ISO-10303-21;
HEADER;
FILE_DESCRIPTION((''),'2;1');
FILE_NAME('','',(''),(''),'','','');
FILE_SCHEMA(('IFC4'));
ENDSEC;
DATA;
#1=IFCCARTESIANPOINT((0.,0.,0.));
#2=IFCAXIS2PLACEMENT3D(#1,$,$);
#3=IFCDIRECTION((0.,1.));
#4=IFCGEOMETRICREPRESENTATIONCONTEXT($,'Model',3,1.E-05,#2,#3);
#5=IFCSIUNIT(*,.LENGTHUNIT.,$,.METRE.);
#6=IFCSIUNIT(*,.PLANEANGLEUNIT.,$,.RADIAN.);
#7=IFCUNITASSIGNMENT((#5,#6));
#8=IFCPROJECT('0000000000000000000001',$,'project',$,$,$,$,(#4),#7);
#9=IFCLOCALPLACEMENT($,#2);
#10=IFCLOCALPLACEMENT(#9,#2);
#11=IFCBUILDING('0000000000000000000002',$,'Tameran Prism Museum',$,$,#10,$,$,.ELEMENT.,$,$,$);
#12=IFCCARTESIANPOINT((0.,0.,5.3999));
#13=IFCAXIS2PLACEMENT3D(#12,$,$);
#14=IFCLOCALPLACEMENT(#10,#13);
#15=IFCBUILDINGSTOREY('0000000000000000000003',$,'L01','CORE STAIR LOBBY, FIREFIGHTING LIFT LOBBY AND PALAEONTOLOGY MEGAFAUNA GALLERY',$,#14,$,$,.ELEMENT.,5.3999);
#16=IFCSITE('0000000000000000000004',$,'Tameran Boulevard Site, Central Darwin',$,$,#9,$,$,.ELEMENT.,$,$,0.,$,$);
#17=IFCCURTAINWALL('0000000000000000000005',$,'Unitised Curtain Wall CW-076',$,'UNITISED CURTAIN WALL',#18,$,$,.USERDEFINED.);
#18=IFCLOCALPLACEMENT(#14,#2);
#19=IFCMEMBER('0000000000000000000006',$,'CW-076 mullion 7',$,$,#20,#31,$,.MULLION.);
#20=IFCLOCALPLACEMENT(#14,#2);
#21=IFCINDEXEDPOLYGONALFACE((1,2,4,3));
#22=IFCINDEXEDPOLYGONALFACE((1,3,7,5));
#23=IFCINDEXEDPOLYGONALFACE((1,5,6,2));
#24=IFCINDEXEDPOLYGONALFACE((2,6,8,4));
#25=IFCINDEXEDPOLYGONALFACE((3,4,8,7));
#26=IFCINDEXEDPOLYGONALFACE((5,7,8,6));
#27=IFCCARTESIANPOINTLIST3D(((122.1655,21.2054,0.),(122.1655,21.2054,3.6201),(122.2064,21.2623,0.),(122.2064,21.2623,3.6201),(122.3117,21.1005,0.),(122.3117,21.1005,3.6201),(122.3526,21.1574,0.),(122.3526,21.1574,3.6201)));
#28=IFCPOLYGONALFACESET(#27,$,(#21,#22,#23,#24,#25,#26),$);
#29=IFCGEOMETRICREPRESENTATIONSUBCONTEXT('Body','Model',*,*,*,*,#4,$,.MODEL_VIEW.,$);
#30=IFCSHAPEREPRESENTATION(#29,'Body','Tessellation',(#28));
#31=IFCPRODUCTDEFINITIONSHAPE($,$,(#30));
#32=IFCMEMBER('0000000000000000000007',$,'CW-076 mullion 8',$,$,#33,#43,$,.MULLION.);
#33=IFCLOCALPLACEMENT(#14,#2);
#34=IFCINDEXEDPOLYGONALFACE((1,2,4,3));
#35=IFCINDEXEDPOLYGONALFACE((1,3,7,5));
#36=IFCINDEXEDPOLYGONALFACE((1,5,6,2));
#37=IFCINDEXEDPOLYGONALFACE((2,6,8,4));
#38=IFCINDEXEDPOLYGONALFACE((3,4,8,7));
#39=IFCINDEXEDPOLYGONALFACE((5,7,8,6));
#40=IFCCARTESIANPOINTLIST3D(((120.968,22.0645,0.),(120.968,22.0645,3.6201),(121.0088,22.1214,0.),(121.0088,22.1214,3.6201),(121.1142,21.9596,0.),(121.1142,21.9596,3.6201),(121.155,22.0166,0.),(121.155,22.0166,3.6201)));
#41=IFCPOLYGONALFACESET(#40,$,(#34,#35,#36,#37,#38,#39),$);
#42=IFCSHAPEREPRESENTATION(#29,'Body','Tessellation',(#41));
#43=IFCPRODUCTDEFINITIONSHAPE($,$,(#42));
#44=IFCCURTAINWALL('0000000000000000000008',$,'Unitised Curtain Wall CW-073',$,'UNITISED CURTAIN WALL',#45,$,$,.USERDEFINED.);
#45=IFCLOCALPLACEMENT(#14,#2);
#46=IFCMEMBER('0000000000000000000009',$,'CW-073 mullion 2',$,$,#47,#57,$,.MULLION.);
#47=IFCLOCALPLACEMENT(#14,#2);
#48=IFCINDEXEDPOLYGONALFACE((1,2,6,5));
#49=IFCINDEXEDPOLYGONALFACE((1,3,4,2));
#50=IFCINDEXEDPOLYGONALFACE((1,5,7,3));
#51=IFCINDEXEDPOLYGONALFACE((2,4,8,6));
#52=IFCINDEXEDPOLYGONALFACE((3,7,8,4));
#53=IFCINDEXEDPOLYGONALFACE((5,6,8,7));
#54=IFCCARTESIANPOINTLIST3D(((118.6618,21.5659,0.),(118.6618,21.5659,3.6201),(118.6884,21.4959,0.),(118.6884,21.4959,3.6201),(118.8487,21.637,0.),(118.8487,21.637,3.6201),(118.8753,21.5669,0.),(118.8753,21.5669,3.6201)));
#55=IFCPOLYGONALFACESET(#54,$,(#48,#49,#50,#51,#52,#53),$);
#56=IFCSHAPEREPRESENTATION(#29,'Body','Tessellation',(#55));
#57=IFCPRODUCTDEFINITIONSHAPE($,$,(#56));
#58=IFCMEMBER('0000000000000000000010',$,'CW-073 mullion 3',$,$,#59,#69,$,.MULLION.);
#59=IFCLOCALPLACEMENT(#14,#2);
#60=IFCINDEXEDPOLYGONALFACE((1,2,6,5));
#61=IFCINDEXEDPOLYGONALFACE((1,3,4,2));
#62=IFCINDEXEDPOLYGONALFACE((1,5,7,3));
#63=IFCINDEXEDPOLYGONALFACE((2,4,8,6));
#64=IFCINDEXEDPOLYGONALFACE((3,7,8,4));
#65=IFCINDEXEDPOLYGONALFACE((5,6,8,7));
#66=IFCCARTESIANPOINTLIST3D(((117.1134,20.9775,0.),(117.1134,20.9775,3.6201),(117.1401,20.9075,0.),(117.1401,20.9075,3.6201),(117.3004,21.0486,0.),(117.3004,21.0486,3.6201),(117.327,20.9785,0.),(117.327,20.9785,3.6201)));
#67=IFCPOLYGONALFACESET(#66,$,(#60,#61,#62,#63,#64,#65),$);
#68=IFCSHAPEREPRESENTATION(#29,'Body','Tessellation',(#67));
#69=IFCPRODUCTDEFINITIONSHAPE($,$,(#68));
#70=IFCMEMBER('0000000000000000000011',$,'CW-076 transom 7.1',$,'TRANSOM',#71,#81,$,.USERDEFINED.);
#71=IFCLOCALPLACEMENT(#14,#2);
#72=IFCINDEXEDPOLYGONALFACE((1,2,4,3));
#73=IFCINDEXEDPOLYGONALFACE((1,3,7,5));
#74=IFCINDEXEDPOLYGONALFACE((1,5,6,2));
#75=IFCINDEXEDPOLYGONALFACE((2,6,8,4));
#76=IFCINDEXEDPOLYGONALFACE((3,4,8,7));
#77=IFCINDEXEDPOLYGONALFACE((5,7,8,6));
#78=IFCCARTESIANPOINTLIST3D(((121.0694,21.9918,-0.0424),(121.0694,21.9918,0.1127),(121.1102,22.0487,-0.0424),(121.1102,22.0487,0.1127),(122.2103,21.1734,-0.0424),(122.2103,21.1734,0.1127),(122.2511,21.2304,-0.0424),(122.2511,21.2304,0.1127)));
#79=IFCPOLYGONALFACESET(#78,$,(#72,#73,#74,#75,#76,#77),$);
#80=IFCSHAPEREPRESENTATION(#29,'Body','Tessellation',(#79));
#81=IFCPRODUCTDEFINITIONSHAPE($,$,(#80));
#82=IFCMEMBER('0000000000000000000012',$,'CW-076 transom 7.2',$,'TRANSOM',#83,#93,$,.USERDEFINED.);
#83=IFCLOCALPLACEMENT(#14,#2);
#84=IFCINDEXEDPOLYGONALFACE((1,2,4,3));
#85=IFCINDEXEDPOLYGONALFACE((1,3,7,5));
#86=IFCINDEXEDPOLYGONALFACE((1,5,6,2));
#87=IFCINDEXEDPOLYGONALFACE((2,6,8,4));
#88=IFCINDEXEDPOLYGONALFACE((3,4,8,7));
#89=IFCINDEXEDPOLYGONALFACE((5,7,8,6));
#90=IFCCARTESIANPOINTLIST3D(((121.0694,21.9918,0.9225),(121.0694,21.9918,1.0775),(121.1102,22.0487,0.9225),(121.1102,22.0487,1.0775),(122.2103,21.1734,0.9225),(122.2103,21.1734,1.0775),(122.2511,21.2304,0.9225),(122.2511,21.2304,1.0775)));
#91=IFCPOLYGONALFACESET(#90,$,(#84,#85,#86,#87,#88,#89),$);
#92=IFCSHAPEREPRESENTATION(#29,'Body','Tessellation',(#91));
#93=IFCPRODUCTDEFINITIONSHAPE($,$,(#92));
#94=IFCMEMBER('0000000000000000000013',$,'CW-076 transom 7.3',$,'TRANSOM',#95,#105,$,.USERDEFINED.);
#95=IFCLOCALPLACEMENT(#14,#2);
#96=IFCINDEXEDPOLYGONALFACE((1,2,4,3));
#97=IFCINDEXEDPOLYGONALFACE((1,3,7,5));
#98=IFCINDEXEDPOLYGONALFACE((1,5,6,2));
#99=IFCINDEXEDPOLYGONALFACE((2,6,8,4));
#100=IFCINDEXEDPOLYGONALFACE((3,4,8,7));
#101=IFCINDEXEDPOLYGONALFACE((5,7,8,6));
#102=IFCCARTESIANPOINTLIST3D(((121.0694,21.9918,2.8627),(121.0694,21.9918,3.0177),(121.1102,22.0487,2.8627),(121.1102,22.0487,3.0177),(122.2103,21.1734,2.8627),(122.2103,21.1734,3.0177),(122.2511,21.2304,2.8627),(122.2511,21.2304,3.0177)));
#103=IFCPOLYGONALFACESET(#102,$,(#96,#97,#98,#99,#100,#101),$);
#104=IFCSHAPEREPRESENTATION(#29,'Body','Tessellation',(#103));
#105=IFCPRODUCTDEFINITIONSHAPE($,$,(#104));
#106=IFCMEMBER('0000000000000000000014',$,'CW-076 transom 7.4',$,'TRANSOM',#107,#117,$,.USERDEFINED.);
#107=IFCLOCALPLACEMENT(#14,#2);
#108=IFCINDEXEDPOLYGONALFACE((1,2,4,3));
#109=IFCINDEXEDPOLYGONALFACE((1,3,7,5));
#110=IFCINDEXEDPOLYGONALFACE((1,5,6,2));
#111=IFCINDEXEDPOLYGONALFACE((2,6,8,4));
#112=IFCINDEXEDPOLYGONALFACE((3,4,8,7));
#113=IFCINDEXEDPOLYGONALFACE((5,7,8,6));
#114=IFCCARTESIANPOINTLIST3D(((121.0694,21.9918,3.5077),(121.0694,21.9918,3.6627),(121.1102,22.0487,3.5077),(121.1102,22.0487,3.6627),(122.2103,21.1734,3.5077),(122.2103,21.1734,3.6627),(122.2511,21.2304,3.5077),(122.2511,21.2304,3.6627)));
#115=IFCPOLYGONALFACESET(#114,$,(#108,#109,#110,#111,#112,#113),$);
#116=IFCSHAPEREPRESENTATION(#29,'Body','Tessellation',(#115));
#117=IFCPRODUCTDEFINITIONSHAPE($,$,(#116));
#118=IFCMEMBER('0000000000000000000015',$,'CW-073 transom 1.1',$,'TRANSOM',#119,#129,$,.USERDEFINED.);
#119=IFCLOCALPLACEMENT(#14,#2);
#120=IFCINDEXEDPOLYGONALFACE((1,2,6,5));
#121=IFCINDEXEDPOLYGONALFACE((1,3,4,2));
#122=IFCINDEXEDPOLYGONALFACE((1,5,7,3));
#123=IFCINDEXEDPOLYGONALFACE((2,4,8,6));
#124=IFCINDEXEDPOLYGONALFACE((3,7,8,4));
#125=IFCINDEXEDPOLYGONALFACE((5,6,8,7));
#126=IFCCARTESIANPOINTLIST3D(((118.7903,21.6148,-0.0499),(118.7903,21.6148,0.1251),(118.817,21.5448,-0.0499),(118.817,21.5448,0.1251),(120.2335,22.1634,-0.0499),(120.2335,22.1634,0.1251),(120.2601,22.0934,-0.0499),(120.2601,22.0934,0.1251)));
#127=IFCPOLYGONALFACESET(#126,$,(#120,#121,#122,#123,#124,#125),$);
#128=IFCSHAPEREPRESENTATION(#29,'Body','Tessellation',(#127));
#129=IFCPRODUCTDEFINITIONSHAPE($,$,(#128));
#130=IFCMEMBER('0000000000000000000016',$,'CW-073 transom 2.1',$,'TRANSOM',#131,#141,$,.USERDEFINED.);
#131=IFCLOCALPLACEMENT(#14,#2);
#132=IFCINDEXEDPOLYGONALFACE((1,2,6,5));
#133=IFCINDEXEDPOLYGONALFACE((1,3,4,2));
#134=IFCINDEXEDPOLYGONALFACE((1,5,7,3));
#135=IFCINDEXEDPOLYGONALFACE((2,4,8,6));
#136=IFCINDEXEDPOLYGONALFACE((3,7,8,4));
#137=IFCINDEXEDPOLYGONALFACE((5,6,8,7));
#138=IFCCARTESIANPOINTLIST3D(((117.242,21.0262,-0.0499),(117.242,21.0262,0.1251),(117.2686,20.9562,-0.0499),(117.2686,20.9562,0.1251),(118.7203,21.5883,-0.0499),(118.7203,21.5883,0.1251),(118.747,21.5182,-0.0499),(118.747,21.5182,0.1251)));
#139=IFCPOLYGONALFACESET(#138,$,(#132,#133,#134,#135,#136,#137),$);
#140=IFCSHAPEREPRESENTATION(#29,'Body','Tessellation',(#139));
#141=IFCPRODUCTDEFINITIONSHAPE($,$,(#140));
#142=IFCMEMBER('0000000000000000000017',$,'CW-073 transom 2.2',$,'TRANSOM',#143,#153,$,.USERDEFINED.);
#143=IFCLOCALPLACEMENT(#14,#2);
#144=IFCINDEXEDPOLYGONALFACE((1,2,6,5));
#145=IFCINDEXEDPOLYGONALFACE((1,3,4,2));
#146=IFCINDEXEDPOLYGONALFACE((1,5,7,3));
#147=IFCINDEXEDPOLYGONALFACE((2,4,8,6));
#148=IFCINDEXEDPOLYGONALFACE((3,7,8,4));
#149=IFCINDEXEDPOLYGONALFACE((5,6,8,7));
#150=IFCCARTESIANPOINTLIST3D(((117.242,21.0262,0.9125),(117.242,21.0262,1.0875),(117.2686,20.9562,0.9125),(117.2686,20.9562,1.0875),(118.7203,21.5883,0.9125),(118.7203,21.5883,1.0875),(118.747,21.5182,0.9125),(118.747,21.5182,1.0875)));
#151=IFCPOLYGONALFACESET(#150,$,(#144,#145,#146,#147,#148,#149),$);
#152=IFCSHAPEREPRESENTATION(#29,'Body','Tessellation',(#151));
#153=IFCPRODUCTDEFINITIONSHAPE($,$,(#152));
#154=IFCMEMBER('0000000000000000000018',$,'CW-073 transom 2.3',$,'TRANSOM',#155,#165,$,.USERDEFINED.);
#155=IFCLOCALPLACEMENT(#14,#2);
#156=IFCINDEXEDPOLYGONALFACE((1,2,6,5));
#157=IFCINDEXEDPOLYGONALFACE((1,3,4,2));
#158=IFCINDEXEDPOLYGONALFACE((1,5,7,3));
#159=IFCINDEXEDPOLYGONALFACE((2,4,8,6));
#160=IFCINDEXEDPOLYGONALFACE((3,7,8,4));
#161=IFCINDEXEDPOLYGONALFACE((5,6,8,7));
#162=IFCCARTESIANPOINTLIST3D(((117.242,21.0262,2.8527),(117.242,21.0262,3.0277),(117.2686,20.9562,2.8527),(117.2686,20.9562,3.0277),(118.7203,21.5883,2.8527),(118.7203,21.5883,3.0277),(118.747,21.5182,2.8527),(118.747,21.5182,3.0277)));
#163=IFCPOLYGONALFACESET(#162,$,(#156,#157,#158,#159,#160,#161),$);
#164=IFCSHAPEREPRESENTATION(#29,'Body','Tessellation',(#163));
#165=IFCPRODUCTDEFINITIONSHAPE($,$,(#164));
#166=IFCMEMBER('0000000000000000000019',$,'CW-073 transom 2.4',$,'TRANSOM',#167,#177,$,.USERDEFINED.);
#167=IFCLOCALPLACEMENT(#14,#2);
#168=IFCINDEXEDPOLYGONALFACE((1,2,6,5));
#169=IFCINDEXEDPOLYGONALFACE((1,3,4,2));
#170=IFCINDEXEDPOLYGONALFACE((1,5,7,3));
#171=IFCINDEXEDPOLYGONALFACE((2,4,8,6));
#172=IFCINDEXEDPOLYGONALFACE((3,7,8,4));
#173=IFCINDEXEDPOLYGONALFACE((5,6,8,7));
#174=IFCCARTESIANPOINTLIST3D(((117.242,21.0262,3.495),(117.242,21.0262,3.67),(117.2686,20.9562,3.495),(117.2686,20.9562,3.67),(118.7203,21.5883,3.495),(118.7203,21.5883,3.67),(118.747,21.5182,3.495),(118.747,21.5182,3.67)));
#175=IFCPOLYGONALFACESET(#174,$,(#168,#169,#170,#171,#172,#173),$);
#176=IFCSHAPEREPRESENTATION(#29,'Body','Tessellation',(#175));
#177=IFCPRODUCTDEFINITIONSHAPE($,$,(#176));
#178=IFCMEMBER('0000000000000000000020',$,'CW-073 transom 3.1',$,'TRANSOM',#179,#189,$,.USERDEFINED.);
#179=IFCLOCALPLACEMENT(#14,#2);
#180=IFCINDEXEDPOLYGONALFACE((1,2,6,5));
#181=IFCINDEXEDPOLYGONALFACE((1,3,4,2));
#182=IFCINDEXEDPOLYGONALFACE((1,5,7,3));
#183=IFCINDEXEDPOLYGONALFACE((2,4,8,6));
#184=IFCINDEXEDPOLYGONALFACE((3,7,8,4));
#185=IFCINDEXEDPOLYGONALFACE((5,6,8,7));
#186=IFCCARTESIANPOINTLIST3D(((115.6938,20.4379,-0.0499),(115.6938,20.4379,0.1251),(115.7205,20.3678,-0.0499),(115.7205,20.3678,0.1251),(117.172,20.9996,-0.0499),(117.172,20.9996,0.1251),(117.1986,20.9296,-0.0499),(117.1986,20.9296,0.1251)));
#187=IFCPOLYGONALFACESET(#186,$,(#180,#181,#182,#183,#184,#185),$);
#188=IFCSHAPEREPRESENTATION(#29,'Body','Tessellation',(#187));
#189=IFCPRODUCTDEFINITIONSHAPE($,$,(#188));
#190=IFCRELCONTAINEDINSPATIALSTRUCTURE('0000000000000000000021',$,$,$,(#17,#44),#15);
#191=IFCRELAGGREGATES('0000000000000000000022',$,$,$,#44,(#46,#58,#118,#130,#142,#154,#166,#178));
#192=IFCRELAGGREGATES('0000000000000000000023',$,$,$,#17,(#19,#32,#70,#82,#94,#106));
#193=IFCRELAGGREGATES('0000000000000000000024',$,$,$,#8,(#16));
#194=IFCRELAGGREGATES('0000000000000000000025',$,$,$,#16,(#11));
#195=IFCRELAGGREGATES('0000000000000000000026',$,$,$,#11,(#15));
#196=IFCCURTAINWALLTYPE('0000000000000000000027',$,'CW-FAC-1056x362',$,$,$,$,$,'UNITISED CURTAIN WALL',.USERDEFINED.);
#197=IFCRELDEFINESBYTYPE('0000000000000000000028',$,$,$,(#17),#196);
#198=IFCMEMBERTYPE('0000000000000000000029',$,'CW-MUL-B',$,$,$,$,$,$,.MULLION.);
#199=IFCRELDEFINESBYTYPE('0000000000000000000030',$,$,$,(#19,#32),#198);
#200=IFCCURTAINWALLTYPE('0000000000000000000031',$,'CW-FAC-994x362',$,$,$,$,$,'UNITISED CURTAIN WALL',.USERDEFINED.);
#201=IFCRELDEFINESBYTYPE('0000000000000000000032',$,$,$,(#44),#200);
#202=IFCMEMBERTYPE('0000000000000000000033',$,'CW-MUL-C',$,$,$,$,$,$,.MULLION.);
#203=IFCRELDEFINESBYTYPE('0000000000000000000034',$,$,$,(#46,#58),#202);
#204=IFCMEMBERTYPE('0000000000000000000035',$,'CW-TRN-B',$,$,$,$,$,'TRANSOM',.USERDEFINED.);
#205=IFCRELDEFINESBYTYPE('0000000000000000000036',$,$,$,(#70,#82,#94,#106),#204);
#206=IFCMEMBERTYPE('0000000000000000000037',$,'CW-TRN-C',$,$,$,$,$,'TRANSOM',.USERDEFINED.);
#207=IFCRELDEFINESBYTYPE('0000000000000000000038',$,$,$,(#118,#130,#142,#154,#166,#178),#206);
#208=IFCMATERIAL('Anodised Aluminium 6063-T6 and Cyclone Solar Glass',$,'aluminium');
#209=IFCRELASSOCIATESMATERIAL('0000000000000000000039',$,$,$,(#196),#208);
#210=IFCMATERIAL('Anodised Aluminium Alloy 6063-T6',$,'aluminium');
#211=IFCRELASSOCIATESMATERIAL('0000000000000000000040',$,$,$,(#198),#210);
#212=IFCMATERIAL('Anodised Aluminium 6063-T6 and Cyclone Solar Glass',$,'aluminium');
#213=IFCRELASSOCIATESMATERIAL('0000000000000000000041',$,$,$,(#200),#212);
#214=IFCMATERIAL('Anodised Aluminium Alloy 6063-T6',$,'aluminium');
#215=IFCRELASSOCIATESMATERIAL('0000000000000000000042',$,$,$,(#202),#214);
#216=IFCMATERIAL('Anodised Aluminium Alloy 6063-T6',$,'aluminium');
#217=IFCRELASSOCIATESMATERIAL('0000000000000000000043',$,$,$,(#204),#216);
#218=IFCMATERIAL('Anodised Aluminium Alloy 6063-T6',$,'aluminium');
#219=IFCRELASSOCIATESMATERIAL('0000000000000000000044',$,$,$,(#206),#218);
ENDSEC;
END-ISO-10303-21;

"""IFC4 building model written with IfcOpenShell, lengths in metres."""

from ifc_helpers import new_model, si_unit, direction, frame, origin, origin_2d, place, context, subcontext, project, spatial, rectangle, extrude, material, material_profile, profile_set, type_object, element, aggregate, save


model = new_model("IFC4")

# Units and contexts
model_context = context("Model", 3, precision=1e-05, world=origin(), true_north=direction((0.0, 1.0)))
body_context = subcontext(model_context, "Body", "Model", "MODEL_VIEW")
ifc_project = project(units=[si_unit("LENGTHUNIT", "METRE"), si_unit("PLANEANGLEUNIT", "RADIAN")], contexts=[model_context])

# Site, building, storey
site_placement = place(None, origin())
site = spatial("IfcSite", under=ifc_project, at=site_placement, Name="Tameran Boulevard Site, Central Darwin", CompositionType="ELEMENT", RefElevation=0.0)
building_placement = place(site_placement, origin())
building = spatial("IfcBuilding", under=site, at=building_placement, Name="Tameran Prism Museum", CompositionType="ELEMENT")
storey_placement = place(building_placement, frame((0.0, 0.0, 5.3999)))
storey = spatial("IfcBuildingStorey", under=building, at=storey_placement, Name="L01", Description="CORE STAIR LOBBY, FIREFIGHTING LIFT LOBBY AND PALAEONTOLOGY MEGAFAUNA GALLERY", CompositionType="ELEMENT", Elevation=5.3999)

# Curtain walls, members
ifc_material_1 = material(Name="Anodised Aluminium 6063-T6 and Cyclone Solar Glass", Category="aluminium")
curtain_wall_type_1 = type_object("IfcCurtainWallType", Name="CW-FAC-1056x362", ElementType="UNITISED CURTAIN WALL", PredefinedType="USERDEFINED", material=ifc_material_1)
curtain_wall_1_placement = place(storey_placement, origin())
curtain_wall_1 = element("IfcCurtainWall", 1, at=curtain_wall_1_placement, inside=storey, type_object=curtain_wall_type_1, Name="Unitised Curtain Wall CW-076", ObjectType="UNITISED CURTAIN WALL", PredefinedType="USERDEFINED")
ifc_material_2 = material(Name="Anodised Aluminium Alloy 6063-T6", Category="aluminium")
ifc_material_profile_1 = material_profile(ifc_material_2, rectangle(XDim=0.0701, YDim=0.1799, at=origin_2d()))
ifc_profile_set_1 = profile_set([ifc_material_profile_1])
member_type_1 = type_object("IfcMemberType", Name="CW-MUL-B", PredefinedType="MULLION", material=ifc_profile_set_1)
member_1_placement = place(storey_placement, frame((122.259, 21.1814, 0.0), z_axis=(0.0, 0.0, 1.0), x_axis=(-0.582885, -0.812555, 0.0)))
member_1 = element("IfcMember", 2, at=member_1_placement, type_object=member_type_1, Name="CW-076 mullion 7", PredefinedType="MULLION", context=body_context, shape_type="SweptSolid", body=[
    extrude(rectangle(XDim=0.0701, YDim=0.1799, at=origin_2d()), origin(), (0.0, 0.0, 1.0), 3.6201),
])
member_2_placement = place(storey_placement, frame((121.0615, 22.0405, 0.0), z_axis=(0.0, 0.0, 1.0), x_axis=(-0.582885, -0.812555, 0.0)))
member_2 = element("IfcMember", 3, at=member_2_placement, type_object=member_type_1, Name="CW-076 mullion 8", PredefinedType="MULLION", context=body_context, shape_type="SweptSolid", body=[
    extrude(rectangle(XDim=0.0701, YDim=0.1799, at=origin_2d()), origin(), (0.0, 0.0, 1.0), 3.6201),
])
ifc_material_3 = material(Name="Anodised Aluminium 6063-T6 and Cyclone Solar Glass", Category="aluminium")
curtain_wall_type_2 = type_object("IfcCurtainWallType", Name="CW-FAC-994x362", ElementType="UNITISED CURTAIN WALL", PredefinedType="USERDEFINED", material=ifc_material_3)
curtain_wall_2_placement = place(storey_placement, origin())
curtain_wall_2 = element("IfcCurtainWall", 4, at=curtain_wall_2_placement, inside=storey, type_object=curtain_wall_type_2, Name="Unitised Curtain Wall CW-073", ObjectType="UNITISED CURTAIN WALL", PredefinedType="USERDEFINED")
ifc_material_4 = material(Name="Anodised Aluminium Alloy 6063-T6", Category="aluminium")
ifc_material_profile_2 = material_profile(ifc_material_4, rectangle(XDim=0.075, YDim=0.2, at=origin_2d()))
ifc_profile_set_2 = profile_set([ifc_material_profile_2])
member_type_2 = type_object("IfcMemberType", Name="CW-MUL-C", PredefinedType="MULLION", material=ifc_profile_set_2)
member_3_placement = place(storey_placement, frame((118.7686, 21.5664, 0.0), z_axis=(0.0, 0.0, 1.0), x_axis=(0.355288, -0.934757, 0.0)))
member_3 = element("IfcMember", 5, at=member_3_placement, type_object=member_type_2, Name="CW-073 mullion 2", PredefinedType="MULLION", context=body_context, shape_type="SweptSolid", body=[
    extrude(rectangle(XDim=0.075, YDim=0.2, at=origin_2d()), origin(), (0.0, 0.0, 1.0), 3.6201),
])
member_4_placement = place(storey_placement, frame((117.2202, 20.978, 0.0), z_axis=(0.0, 0.0, 1.0), x_axis=(0.355288, -0.934757, 0.0)))
member_4 = element("IfcMember", 6, at=member_4_placement, type_object=member_type_2, Name="CW-073 mullion 3", PredefinedType="MULLION", context=body_context, shape_type="SweptSolid", body=[
    extrude(rectangle(XDim=0.075, YDim=0.2, at=origin_2d()), origin(), (0.0, 0.0, 1.0), 3.6201),
])

# Members
ifc_material_5 = material(Name="Anodised Aluminium Alloy 6063-T6", Category="aluminium")
ifc_material_profile_3 = material_profile(ifc_material_5, rectangle(XDim=0.0701, YDim=0.155, at=origin_2d()))
ifc_profile_set_3 = profile_set([ifc_material_profile_3])
member_type_3 = type_object("IfcMemberType", Name="CW-TRN-B", ElementType="TRANSOM", PredefinedType="USERDEFINED", material=ifc_profile_set_3)
member_5_placement = place(storey_placement, frame((122.2307, 21.2019, 0.0352), z_axis=(-0.812569, 0.582865, 0.0), x_axis=(-0.582865, -0.812569, 0.0)))
member_5 = element("IfcMember", 7, at=member_5_placement, type_object=member_type_3, Name="CW-076 transom 7.1", ObjectType="TRANSOM", PredefinedType="USERDEFINED", context=body_context, shape_type="SweptSolid", body=[
    extrude(rectangle(XDim=0.0701, YDim=0.155, at=origin_2d()), origin(), (0.0, 0.0, 1.0), 1.4041),
])
member_6_placement = place(storey_placement, frame((122.2307, 21.2019, 1.0), z_axis=(-0.812569, 0.582865, 0.0), x_axis=(-0.582865, -0.812569, 0.0)))
member_6 = element("IfcMember", 8, at=member_6_placement, type_object=member_type_3, Name="CW-076 transom 7.2", ObjectType="TRANSOM", PredefinedType="USERDEFINED", context=body_context, shape_type="SweptSolid", body=[
    extrude(rectangle(XDim=0.0701, YDim=0.155, at=origin_2d()), origin(), (0.0, 0.0, 1.0), 1.4041),
])
member_7_placement = place(storey_placement, frame((122.2307, 21.2019, 2.9402), z_axis=(-0.812569, 0.582865, 0.0), x_axis=(-0.582865, -0.812569, 0.0)))
member_7 = element("IfcMember", 9, at=member_7_placement, type_object=member_type_3, Name="CW-076 transom 7.3", ObjectType="TRANSOM", PredefinedType="USERDEFINED", context=body_context, shape_type="SweptSolid", body=[
    extrude(rectangle(XDim=0.0701, YDim=0.155, at=origin_2d()), origin(), (0.0, 0.0, 1.0), 1.4041),
])
member_8_placement = place(storey_placement, frame((122.2307, 21.2019, 3.5852), z_axis=(-0.812569, 0.582865, 0.0), x_axis=(-0.582865, -0.812569, 0.0)))
member_8 = element("IfcMember", 10, at=member_8_placement, type_object=member_type_3, Name="CW-076 transom 7.4", ObjectType="TRANSOM", PredefinedType="USERDEFINED", context=body_context, shape_type="SweptSolid", body=[
    extrude(rectangle(XDim=0.0701, YDim=0.155, at=origin_2d()), origin(), (0.0, 0.0, 1.0), 1.4041),
])
ifc_material_6 = material(Name="Anodised Aluminium Alloy 6063-T6", Category="aluminium")
ifc_material_profile_4 = material_profile(ifc_material_6, rectangle(XDim=0.075, YDim=0.175, at=origin_2d()))
ifc_profile_set_4 = profile_set([ifc_material_profile_4])
member_type_4 = type_object("IfcMemberType", Name="CW-TRN-C", ElementType="TRANSOM", PredefinedType="USERDEFINED", material=ifc_profile_set_4)
member_9_placement = place(storey_placement, frame((120.2468, 22.1284, 0.0376), z_axis=(-0.934741, -0.355331, 0.0), x_axis=(0.355331, -0.934741, 0.0)))
member_9 = element("IfcMember", 11, at=member_9_placement, type_object=member_type_4, Name="CW-073 transom 1.1", ObjectType="TRANSOM", PredefinedType="USERDEFINED", context=body_context, shape_type="SweptSolid", body=[
    extrude(rectangle(XDim=0.075, YDim=0.175, at=origin_2d()), origin(), (0.0, 0.0, 1.0), 1.5439),
])
member_10_placement = place(storey_placement, frame((118.7336, 21.5532, 0.0376), z_axis=(-0.934727, -0.355366, 0.0), x_axis=(0.355366, -0.934727, 0.0)))
member_10 = element("IfcMember", 12, at=member_10_placement, type_object=member_type_4, Name="CW-073 transom 2.1", ObjectType="TRANSOM", PredefinedType="USERDEFINED", context=body_context, shape_type="SweptSolid", body=[
    extrude(rectangle(XDim=0.075, YDim=0.175, at=origin_2d()), origin(), (0.0, 0.0, 1.0), 1.5815),
])
member_11_placement = place(storey_placement, frame((118.7336, 21.5532, 1.0), z_axis=(-0.934727, -0.355366, 0.0), x_axis=(0.355366, -0.934727, 0.0)))
member_11 = element("IfcMember", 13, at=member_11_placement, type_object=member_type_4, Name="CW-073 transom 2.2", ObjectType="TRANSOM", PredefinedType="USERDEFINED", context=body_context, shape_type="SweptSolid", body=[
    extrude(rectangle(XDim=0.075, YDim=0.175, at=origin_2d()), origin(), (0.0, 0.0, 1.0), 1.5815),
])
member_12_placement = place(storey_placement, frame((118.7336, 21.5532, 2.9402), z_axis=(-0.934727, -0.355366, 0.0), x_axis=(0.355366, -0.934727, 0.0)))
member_12 = element("IfcMember", 14, at=member_12_placement, type_object=member_type_4, Name="CW-073 transom 2.3", ObjectType="TRANSOM", PredefinedType="USERDEFINED", context=body_context, shape_type="SweptSolid", body=[
    extrude(rectangle(XDim=0.075, YDim=0.175, at=origin_2d()), origin(), (0.0, 0.0, 1.0), 1.5815),
])
member_13_placement = place(storey_placement, frame((118.7336, 21.5532, 3.5825), z_axis=(-0.934727, -0.355366, 0.0), x_axis=(0.355366, -0.934727, 0.0)))
member_13 = element("IfcMember", 15, at=member_13_placement, type_object=member_type_4, Name="CW-073 transom 2.4", ObjectType="TRANSOM", PredefinedType="USERDEFINED", context=body_context, shape_type="SweptSolid", body=[
    extrude(rectangle(XDim=0.075, YDim=0.175, at=origin_2d()), origin(), (0.0, 0.0, 1.0), 1.5815),
])
member_14_placement = place(storey_placement, frame((117.1853, 20.9646, 0.0376), z_axis=(-0.934778, -0.355231, 0.0), x_axis=(0.355231, -0.934778, 0.0)))
member_14 = element("IfcMember", 16, at=member_14_placement, type_object=member_type_4, Name="CW-073 transom 3.1", ObjectType="TRANSOM", PredefinedType="USERDEFINED", context=body_context, shape_type="SweptSolid", body=[
    extrude(rectangle(XDim=0.075, YDim=0.175, at=origin_2d()), origin(), (0.0, 0.0, 1.0), 1.5813),
])

aggregate(curtain_wall_2, [member_3, member_4, member_9, member_10, member_11, member_12, member_13, member_14])
aggregate(curtain_wall_1, [member_1, member_2, member_5, member_6, member_7, member_8])

save(model, "model.ifc")
